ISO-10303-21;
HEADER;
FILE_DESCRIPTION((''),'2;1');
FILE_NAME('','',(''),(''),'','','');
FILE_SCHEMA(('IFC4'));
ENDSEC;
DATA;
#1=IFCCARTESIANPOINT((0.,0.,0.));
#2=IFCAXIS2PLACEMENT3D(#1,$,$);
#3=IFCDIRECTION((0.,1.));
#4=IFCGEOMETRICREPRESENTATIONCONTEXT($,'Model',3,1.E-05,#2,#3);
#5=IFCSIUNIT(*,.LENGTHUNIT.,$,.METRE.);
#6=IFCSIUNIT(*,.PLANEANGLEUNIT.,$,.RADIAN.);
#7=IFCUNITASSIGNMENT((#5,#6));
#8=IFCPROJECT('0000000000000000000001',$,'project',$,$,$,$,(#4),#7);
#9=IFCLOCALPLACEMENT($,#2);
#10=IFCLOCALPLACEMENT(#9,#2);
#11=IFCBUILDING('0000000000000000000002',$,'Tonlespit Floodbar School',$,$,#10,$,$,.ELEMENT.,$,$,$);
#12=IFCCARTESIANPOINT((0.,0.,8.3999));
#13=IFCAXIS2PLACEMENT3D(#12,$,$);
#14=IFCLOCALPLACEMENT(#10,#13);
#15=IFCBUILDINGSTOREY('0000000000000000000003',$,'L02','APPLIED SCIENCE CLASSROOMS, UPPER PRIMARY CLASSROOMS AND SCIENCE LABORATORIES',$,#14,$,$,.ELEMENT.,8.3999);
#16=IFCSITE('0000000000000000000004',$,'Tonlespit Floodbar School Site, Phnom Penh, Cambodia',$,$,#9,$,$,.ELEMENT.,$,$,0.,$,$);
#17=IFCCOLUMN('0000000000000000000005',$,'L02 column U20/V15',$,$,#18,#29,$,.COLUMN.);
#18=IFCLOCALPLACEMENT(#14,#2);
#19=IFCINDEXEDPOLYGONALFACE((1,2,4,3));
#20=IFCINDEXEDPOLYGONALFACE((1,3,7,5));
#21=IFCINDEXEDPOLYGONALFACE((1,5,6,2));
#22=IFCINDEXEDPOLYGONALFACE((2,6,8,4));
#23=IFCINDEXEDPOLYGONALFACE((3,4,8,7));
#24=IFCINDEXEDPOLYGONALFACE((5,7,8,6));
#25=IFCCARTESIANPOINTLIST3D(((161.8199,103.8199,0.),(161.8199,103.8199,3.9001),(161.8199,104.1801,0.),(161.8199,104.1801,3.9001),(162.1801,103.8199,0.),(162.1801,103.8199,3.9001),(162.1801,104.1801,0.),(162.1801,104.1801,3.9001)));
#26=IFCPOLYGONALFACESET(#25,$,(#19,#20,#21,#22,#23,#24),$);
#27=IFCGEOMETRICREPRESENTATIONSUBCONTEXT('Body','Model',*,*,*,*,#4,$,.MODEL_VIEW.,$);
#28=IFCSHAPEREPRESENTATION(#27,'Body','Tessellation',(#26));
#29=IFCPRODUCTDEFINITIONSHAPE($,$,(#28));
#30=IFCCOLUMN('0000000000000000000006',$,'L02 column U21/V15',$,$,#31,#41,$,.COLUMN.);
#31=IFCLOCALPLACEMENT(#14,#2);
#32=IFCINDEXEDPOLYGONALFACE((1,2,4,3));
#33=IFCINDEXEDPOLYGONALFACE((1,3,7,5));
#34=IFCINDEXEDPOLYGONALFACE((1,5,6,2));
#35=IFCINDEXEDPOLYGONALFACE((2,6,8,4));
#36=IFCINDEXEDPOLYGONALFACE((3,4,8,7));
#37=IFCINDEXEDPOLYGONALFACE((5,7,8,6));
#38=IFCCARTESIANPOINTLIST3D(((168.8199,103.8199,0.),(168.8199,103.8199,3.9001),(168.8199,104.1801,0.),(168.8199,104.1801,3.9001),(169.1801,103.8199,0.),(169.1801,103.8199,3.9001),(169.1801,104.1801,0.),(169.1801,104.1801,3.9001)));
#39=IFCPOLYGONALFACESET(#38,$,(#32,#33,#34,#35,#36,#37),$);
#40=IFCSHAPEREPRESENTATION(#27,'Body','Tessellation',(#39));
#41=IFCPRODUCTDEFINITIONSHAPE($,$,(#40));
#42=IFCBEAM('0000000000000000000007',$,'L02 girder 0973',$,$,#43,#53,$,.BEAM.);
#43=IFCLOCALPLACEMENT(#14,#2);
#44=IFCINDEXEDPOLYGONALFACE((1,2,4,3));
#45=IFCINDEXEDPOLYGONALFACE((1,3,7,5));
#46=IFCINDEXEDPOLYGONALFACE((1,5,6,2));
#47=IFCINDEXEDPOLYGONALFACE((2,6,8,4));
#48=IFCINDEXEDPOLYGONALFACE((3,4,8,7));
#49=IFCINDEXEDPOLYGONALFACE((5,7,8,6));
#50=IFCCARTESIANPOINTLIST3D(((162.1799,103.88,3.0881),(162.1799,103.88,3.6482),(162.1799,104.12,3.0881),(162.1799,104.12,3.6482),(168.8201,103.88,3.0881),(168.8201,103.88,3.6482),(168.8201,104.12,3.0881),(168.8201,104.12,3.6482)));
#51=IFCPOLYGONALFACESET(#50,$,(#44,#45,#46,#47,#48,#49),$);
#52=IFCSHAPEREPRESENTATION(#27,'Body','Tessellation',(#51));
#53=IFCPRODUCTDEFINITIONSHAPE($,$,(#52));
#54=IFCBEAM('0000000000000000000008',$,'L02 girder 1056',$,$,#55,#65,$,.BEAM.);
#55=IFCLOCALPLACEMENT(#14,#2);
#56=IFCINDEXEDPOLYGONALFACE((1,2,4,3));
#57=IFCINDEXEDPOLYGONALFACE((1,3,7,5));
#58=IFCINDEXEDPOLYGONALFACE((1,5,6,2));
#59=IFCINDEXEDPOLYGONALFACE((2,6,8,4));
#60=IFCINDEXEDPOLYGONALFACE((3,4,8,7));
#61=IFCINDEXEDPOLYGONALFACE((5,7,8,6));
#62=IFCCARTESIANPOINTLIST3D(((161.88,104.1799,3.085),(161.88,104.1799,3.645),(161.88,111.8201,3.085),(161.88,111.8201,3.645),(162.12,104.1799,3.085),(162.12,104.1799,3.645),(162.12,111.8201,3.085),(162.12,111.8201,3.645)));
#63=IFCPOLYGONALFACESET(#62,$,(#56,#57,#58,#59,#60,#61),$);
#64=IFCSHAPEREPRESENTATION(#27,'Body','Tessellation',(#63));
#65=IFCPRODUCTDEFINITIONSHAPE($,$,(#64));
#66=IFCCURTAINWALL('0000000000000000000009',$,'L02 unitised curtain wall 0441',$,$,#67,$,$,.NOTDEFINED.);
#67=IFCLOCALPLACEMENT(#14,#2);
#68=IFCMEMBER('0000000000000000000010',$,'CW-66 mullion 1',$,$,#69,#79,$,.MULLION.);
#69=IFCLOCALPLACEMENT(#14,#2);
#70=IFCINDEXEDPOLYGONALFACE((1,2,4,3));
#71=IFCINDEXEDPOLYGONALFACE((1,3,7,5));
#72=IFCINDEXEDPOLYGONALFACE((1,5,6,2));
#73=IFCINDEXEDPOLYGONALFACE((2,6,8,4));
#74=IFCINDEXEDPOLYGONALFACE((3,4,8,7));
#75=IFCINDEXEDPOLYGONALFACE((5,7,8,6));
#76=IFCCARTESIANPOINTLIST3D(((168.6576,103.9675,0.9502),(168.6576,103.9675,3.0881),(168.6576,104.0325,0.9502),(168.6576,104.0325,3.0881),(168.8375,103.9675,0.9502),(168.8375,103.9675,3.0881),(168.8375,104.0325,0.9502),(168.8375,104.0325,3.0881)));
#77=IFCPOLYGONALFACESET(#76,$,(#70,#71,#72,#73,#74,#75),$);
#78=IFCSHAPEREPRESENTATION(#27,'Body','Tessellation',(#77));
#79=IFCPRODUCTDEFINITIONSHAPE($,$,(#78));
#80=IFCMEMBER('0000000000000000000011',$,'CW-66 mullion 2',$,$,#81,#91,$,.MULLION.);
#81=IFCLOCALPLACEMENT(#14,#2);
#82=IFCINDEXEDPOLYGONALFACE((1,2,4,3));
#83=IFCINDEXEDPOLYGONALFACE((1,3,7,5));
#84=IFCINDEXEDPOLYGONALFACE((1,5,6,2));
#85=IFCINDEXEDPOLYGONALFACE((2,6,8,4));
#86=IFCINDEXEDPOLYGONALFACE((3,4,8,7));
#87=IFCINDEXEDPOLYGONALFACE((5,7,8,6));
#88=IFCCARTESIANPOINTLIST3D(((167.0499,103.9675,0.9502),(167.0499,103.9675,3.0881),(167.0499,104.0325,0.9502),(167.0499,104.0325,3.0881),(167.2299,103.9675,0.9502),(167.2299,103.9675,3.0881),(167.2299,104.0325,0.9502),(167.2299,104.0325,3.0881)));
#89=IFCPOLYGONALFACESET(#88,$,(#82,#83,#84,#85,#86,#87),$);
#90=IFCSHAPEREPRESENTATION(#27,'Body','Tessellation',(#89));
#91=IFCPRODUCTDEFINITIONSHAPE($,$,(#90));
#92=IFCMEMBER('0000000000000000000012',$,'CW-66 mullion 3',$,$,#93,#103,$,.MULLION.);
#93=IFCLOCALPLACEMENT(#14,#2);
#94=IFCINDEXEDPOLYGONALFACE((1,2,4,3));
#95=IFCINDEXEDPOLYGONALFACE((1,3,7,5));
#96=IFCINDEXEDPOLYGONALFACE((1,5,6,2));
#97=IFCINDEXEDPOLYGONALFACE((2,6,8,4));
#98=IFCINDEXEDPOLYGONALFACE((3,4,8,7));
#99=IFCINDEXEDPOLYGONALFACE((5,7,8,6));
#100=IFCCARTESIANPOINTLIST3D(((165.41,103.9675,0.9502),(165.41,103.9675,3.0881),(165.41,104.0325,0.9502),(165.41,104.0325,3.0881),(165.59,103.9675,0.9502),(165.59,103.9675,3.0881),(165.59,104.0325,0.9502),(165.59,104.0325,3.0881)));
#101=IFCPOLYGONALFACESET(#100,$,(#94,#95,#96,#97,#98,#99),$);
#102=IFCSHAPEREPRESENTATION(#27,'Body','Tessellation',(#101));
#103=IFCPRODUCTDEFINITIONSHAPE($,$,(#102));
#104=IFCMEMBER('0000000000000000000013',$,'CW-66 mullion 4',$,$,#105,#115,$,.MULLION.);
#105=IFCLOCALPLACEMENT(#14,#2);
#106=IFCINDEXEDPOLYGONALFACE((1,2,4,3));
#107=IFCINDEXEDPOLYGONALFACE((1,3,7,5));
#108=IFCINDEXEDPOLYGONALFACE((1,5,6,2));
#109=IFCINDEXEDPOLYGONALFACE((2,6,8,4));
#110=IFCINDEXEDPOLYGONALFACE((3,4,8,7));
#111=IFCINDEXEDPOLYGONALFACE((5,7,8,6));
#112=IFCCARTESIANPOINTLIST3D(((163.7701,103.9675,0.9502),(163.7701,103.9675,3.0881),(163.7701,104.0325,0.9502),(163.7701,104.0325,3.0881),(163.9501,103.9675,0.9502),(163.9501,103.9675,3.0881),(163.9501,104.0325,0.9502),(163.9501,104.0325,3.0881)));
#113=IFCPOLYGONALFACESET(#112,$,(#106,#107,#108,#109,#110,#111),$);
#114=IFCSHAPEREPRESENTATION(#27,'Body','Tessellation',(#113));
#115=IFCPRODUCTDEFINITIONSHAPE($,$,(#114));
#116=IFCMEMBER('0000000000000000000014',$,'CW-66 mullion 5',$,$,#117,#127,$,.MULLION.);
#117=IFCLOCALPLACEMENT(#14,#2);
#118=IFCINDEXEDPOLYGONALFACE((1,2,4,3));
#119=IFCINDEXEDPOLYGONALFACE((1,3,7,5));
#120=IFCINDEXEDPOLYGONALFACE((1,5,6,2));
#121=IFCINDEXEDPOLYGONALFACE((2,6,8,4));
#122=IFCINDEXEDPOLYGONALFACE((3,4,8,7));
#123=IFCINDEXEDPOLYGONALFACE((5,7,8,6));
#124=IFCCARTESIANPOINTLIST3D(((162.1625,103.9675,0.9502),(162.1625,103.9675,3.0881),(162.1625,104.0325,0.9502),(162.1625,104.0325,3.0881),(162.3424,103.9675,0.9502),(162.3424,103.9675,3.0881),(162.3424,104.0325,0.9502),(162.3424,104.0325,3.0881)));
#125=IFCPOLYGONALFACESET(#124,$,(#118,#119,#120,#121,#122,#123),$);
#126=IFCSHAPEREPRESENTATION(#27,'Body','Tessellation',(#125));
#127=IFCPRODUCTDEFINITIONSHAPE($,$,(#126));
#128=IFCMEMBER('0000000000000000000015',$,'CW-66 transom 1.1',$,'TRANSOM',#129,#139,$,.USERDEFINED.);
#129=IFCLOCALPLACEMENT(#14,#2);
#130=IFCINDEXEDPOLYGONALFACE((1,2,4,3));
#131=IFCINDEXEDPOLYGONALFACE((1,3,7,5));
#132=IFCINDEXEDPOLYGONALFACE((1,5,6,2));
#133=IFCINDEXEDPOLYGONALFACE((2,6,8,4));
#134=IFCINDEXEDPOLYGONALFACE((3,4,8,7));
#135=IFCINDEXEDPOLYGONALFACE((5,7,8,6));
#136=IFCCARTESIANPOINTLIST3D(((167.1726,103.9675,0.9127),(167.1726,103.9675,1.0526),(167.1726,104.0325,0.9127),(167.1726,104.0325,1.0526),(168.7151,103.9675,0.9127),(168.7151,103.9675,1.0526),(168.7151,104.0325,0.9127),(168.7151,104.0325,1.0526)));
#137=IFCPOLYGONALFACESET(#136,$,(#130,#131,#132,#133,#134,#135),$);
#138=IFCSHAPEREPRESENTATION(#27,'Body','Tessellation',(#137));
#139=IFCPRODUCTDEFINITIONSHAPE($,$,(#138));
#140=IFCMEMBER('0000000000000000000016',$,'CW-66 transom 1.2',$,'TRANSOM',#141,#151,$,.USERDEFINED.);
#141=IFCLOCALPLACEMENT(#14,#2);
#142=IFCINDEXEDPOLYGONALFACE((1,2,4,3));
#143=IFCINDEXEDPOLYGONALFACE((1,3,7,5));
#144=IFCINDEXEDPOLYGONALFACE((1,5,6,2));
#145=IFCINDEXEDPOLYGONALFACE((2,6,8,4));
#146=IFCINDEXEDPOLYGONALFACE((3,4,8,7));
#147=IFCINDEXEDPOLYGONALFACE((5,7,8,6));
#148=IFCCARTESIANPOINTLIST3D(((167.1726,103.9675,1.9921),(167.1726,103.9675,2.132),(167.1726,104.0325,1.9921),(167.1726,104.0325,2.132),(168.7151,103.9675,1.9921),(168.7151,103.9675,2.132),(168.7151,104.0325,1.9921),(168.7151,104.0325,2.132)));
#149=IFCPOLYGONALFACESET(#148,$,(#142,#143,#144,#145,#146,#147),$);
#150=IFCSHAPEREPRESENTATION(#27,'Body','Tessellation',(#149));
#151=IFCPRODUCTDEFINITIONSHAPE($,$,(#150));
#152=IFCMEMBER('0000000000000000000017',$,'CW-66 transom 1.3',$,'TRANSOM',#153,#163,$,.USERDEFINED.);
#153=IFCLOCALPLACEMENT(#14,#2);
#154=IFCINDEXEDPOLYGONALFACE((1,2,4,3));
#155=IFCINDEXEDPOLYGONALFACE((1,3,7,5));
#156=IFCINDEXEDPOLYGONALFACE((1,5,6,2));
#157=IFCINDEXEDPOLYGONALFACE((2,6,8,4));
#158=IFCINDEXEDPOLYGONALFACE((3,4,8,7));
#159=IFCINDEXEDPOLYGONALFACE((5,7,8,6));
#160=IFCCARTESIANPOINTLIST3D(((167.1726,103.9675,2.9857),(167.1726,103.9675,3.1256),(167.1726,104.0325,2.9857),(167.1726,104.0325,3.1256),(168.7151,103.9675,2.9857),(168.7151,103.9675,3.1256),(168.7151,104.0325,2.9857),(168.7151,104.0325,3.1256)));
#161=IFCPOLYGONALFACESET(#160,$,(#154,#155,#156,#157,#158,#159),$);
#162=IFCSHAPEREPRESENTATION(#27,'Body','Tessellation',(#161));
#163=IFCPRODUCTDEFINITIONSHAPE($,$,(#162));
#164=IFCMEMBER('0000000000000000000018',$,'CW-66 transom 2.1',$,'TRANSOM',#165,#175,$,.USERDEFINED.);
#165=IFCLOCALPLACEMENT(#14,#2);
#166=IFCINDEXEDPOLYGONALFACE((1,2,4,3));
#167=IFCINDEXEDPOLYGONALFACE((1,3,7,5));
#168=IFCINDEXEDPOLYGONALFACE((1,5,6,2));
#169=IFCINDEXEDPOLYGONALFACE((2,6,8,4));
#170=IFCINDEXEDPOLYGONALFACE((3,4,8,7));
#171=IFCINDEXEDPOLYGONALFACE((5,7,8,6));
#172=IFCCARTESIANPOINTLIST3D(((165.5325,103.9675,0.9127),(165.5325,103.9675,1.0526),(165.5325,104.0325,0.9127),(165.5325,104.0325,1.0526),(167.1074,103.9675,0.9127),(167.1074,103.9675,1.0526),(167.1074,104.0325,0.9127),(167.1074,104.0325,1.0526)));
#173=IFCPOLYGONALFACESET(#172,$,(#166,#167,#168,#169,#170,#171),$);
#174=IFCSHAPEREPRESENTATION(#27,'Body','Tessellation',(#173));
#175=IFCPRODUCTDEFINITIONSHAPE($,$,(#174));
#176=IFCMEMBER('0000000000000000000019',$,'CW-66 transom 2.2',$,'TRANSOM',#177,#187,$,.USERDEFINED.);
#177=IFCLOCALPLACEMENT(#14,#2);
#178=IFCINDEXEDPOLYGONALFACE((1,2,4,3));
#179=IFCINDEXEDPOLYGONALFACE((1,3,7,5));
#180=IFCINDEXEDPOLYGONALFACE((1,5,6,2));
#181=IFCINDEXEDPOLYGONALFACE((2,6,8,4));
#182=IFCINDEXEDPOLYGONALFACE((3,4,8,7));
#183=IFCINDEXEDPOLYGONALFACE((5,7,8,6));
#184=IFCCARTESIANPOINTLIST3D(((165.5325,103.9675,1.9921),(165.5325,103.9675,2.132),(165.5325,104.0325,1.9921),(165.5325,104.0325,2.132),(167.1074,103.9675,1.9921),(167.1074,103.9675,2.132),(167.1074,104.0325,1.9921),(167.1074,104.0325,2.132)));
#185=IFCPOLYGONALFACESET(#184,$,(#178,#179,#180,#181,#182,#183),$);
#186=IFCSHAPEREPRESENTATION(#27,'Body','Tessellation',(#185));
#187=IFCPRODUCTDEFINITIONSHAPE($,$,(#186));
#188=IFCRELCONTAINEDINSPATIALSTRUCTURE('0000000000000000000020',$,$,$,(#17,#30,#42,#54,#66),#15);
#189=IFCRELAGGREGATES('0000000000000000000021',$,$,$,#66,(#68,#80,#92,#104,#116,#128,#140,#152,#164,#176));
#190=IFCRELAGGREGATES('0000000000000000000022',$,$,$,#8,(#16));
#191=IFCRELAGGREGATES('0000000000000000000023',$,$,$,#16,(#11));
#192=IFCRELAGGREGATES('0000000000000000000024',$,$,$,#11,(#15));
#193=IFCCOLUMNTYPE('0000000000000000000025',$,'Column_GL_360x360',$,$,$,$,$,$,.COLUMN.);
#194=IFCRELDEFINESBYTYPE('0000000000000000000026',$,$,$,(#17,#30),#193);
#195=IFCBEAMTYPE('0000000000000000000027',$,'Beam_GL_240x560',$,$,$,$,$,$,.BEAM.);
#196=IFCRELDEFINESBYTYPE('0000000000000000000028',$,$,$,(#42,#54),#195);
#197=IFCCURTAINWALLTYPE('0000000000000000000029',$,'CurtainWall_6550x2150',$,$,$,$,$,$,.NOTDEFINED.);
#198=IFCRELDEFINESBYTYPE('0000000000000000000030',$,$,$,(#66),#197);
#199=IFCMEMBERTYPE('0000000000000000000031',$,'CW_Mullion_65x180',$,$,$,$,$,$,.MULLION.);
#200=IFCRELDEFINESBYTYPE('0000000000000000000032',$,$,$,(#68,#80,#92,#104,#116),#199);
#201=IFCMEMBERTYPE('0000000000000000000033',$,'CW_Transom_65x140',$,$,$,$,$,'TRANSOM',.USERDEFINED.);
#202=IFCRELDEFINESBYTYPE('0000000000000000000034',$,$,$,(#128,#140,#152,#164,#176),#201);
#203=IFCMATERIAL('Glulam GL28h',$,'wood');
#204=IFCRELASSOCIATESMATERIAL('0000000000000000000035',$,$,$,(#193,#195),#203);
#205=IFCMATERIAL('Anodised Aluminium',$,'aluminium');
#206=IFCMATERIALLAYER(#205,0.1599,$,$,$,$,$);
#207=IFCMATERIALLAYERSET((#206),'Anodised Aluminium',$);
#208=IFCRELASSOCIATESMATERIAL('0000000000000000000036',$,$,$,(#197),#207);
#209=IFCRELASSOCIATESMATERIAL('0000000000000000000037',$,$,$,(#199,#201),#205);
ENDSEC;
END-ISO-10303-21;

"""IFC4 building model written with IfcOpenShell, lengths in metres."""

from ifc_helpers import new_model, si_unit, direction, frame, origin, origin_2d, place, context, subcontext, project, spatial, rectangle, extrude, material, layer, layer_set, material_profile, profile_set, type_object, element, aggregate, save


model = new_model("IFC4")

# Units and contexts
model_context = context("Model", 3, precision=1e-05, world=origin(), true_north=direction((0.0, 1.0)))
body_context = subcontext(model_context, "Body", "Model", "MODEL_VIEW")
ifc_project = project(units=[si_unit("LENGTHUNIT", "METRE"), si_unit("PLANEANGLEUNIT", "RADIAN")], contexts=[model_context])

# Site, building, storey
site_placement = place(None, origin())
site = spatial("IfcSite", under=ifc_project, at=site_placement, Name="Tonlespit Floodbar School Site, Phnom Penh, Cambodia", CompositionType="ELEMENT", RefElevation=0.0)
building_placement = place(site_placement, origin())
building = spatial("IfcBuilding", under=site, at=building_placement, Name="Tonlespit Floodbar School", CompositionType="ELEMENT")
storey_placement = place(building_placement, frame((0.0, 0.0, 8.3999)))
storey = spatial("IfcBuildingStorey", under=building, at=storey_placement, Name="L02", Description="APPLIED SCIENCE CLASSROOMS, UPPER PRIMARY CLASSROOMS AND SCIENCE LABORATORIES", CompositionType="ELEMENT", Elevation=8.3999)

# Columns
ifc_material_1 = material(Name="Glulam GL28h", Category="wood")
ifc_material_profile_1 = material_profile(ifc_material_1, rectangle(XDim=0.3601, YDim=0.3601, at=origin_2d()), Name="GL 360x360")
ifc_profile_set_1 = profile_set([ifc_material_profile_1], Name="Glulam GL28h")
column_type = type_object("IfcColumnType", Name="Column_GL_360x360", PredefinedType="COLUMN", material=ifc_profile_set_1)
for number, where, z_axis, x_axis, name in (
    (1, (162.0, 104.0, 0.0), (0.0, 0.0, 1.0), (1.0, 0.0, 0.0), "L02 column U20/V15"),
    (2, (169.0, 104.0, 0.0), (0.0, 0.0, 1.0), (1.0, 0.0, 0.0), "L02 column U21/V15"),
):
    element("IfcColumn", number, at=place(storey_placement, frame(where, z_axis=z_axis, x_axis=x_axis)), inside=storey, type_object=column_type, Name=name, PredefinedType="COLUMN", context=body_context, shape_type="SweptSolid", body=[
        extrude(rectangle(XDim=0.3601, YDim=0.3601, at=origin_2d()), origin(), (0.0, 0.0, 1.0), 3.9001),
    ])

# Beams
ifc_material_profile_2 = material_profile(ifc_material_1, rectangle(XDim=0.24, YDim=0.5601, at=origin_2d()), Name="GL 240x560")
ifc_profile_set_2 = profile_set([ifc_material_profile_2], Name="Glulam GL28h")
beam_type_1 = type_object("IfcBeamType", Name="Beam_GL_240x560", PredefinedType="BEAM", material=ifc_profile_set_2)
beam_1_placement = place(storey_placement, frame((162.1799, 104.0, 3.3682), z_axis=(1.0, 0.0, 0.0), x_axis=(0.0, 1.0, 0.0)))
element("IfcBeam", 3, at=beam_1_placement, inside=storey, type_object=beam_type_1, Name="L02 girder 0973", PredefinedType="BEAM", context=body_context, shape_type="SweptSolid", body=[
    extrude(rectangle(XDim=0.24, YDim=0.5601, at=origin_2d()), origin(), (0.0, 0.0, 1.0), 6.6401),
])
beam_2_placement = place(storey_placement, frame((162.0, 104.1799, 3.365), z_axis=(0.0, 1.0, 0.0), x_axis=(-1.0, 0.0, 0.0)))
element("IfcBeam", 4, at=beam_2_placement, inside=storey, type_object=beam_type_1, Name="L02 girder 1056", PredefinedType="BEAM", context=body_context, shape_type="SweptSolid", body=[
    extrude(rectangle(XDim=0.24, YDim=0.5601, at=origin_2d()), origin(), (0.0, 0.0, 1.0), 7.6401),
])

# Curtain wall, members
ifc_material_2 = material(Name="Anodised Aluminium", Category="aluminium")
ifc_layer_1 = layer(ifc_material_2, 0.1599)
ifc_layer_set_1 = layer_set([ifc_layer_1], Name="Anodised Aluminium")
curtain_wall_type = type_object("IfcCurtainWallType", Name="CurtainWall_6550x2150", PredefinedType="NOTDEFINED", material=ifc_layer_set_1)
curtain_wall_placement = place(storey_placement, origin())
curtain_wall = element("IfcCurtainWall", 5, at=curtain_wall_placement, inside=storey, type_object=curtain_wall_type, Name="L02 unitised curtain wall 0441", PredefinedType="NOTDEFINED")
ifc_material_profile_3 = material_profile(ifc_material_2, rectangle(XDim=0.0649, YDim=0.1799, at=origin_2d()), Name="ALU M65x180")
ifc_profile_set_3 = profile_set([ifc_material_profile_3], Name="Anodised Aluminium")
member_type_1 = type_object("IfcMemberType", Name="CW_Mullion_65x180", PredefinedType="MULLION", material=ifc_profile_set_3)
member_1_placement = place(storey_placement, frame((168.7476, 104.0, 0.9502), z_axis=(0.0, 0.0, 1.0), x_axis=(0.0, -1.0, 0.0)))
member_1 = element("IfcMember", 6, at=member_1_placement, type_object=member_type_1, Name="CW-66 mullion 1", PredefinedType="MULLION", context=body_context, shape_type="SweptSolid", body=[
    extrude(rectangle(XDim=0.0649, YDim=0.1799, at=origin_2d()), origin(), (0.0, 0.0, 1.0), 2.1379),
])
member_2_placement = place(storey_placement, frame((167.1399, 104.0, 0.9502), z_axis=(0.0, 0.0, 1.0), x_axis=(0.0, -1.0, 0.0)))
member_2 = element("IfcMember", 7, at=member_2_placement, type_object=member_type_1, Name="CW-66 mullion 2", PredefinedType="MULLION", context=body_context, shape_type="SweptSolid", body=[
    extrude(rectangle(XDim=0.0649, YDim=0.1799, at=origin_2d()), origin(), (0.0, 0.0, 1.0), 2.1379),
])
member_3_placement = place(storey_placement, frame((165.5, 104.0, 0.9502), z_axis=(0.0, 0.0, 1.0), x_axis=(0.0, -1.0, 0.0)))
member_3 = element("IfcMember", 8, at=member_3_placement, type_object=member_type_1, Name="CW-66 mullion 3", PredefinedType="MULLION", context=body_context, shape_type="SweptSolid", body=[
    extrude(rectangle(XDim=0.0649, YDim=0.1799, at=origin_2d()), origin(), (0.0, 0.0, 1.0), 2.1379),
])
member_4_placement = place(storey_placement, frame((163.8601, 104.0, 0.9502), z_axis=(0.0, 0.0, 1.0), x_axis=(0.0, -1.0, 0.0)))
member_4 = element("IfcMember", 9, at=member_4_placement, type_object=member_type_1, Name="CW-66 mullion 4", PredefinedType="MULLION", context=body_context, shape_type="SweptSolid", body=[
    extrude(rectangle(XDim=0.0649, YDim=0.1799, at=origin_2d()), origin(), (0.0, 0.0, 1.0), 2.1379),
])
member_5_placement = place(storey_placement, frame((162.2524, 104.0, 0.9502), z_axis=(0.0, 0.0, 1.0), x_axis=(0.0, -1.0, 0.0)))
member_5 = element("IfcMember", 10, at=member_5_placement, type_object=member_type_1, Name="CW-66 mullion 5", PredefinedType="MULLION", context=body_context, shape_type="SweptSolid", body=[
    extrude(rectangle(XDim=0.0649, YDim=0.1799, at=origin_2d()), origin(), (0.0, 0.0, 1.0), 2.1379),
])
ifc_material_profile_4 = material_profile(ifc_material_2, rectangle(XDim=0.0649, YDim=0.1399, at=origin_2d()), Name="ALU T65x140")
ifc_profile_set_4 = profile_set([ifc_material_profile_4], Name="Anodised Aluminium")
member_type_2 = type_object("IfcMemberType", Name="CW_Transom_65x140", ElementType="TRANSOM", PredefinedType="USERDEFINED", material=ifc_profile_set_4)
member_6_placement = place(storey_placement, frame((168.7151, 104.0, 0.9827), z_axis=(-1.0, 0.0, 0.0), x_axis=(0.0, -1.0, 0.0)))
member_6 = element("IfcMember", 11, at=member_6_placement, type_object=member_type_2, Name="CW-66 transom 1.1", ObjectType="TRANSOM", PredefinedType="USERDEFINED", context=body_context, shape_type="SweptSolid", body=[
    extrude(rectangle(XDim=0.0649, YDim=0.1399, at=origin_2d()), origin(), (0.0, 0.0, 1.0), 1.5425),
])
member_7_placement = place(storey_placement, frame((168.7151, 104.0, 2.062), z_axis=(-1.0, 0.0, 0.0), x_axis=(0.0, -1.0, 0.0)))
member_7 = element("IfcMember", 12, at=member_7_placement, type_object=member_type_2, Name="CW-66 transom 1.2", ObjectType="TRANSOM", PredefinedType="USERDEFINED", context=body_context, shape_type="SweptSolid", body=[
    extrude(rectangle(XDim=0.0649, YDim=0.1399, at=origin_2d()), origin(), (0.0, 0.0, 1.0), 1.5425),
])
member_8_placement = place(storey_placement, frame((168.7151, 104.0, 3.0557), z_axis=(-1.0, 0.0, 0.0), x_axis=(0.0, -1.0, 0.0)))
member_8 = element("IfcMember", 13, at=member_8_placement, type_object=member_type_2, Name="CW-66 transom 1.3", ObjectType="TRANSOM", PredefinedType="USERDEFINED", context=body_context, shape_type="SweptSolid", body=[
    extrude(rectangle(XDim=0.0649, YDim=0.1399, at=origin_2d()), origin(), (0.0, 0.0, 1.0), 1.5425),
])
member_9_placement = place(storey_placement, frame((167.1074, 104.0, 0.9827), z_axis=(-1.0, 0.0, 0.0), x_axis=(0.0, -1.0, 0.0)))
member_9 = element("IfcMember", 14, at=member_9_placement, type_object=member_type_2, Name="CW-66 transom 2.1", ObjectType="TRANSOM", PredefinedType="USERDEFINED", context=body_context, shape_type="SweptSolid", body=[
    extrude(rectangle(XDim=0.0649, YDim=0.1399, at=origin_2d()), origin(), (0.0, 0.0, 1.0), 1.575),
])
member_10_placement = place(storey_placement, frame((167.1074, 104.0, 2.062), z_axis=(-1.0, 0.0, 0.0), x_axis=(0.0, -1.0, 0.0)))
member_10 = element("IfcMember", 15, at=member_10_placement, type_object=member_type_2, Name="CW-66 transom 2.2", ObjectType="TRANSOM", PredefinedType="USERDEFINED", context=body_context, shape_type="SweptSolid", body=[
    extrude(rectangle(XDim=0.0649, YDim=0.1399, at=origin_2d()), origin(), (0.0, 0.0, 1.0), 1.575),
])

aggregate(curtain_wall, [member_1, member_2, member_3, member_4, member_5, member_6, member_7, member_8, member_9, member_10])

save(model, "model.ifc")
